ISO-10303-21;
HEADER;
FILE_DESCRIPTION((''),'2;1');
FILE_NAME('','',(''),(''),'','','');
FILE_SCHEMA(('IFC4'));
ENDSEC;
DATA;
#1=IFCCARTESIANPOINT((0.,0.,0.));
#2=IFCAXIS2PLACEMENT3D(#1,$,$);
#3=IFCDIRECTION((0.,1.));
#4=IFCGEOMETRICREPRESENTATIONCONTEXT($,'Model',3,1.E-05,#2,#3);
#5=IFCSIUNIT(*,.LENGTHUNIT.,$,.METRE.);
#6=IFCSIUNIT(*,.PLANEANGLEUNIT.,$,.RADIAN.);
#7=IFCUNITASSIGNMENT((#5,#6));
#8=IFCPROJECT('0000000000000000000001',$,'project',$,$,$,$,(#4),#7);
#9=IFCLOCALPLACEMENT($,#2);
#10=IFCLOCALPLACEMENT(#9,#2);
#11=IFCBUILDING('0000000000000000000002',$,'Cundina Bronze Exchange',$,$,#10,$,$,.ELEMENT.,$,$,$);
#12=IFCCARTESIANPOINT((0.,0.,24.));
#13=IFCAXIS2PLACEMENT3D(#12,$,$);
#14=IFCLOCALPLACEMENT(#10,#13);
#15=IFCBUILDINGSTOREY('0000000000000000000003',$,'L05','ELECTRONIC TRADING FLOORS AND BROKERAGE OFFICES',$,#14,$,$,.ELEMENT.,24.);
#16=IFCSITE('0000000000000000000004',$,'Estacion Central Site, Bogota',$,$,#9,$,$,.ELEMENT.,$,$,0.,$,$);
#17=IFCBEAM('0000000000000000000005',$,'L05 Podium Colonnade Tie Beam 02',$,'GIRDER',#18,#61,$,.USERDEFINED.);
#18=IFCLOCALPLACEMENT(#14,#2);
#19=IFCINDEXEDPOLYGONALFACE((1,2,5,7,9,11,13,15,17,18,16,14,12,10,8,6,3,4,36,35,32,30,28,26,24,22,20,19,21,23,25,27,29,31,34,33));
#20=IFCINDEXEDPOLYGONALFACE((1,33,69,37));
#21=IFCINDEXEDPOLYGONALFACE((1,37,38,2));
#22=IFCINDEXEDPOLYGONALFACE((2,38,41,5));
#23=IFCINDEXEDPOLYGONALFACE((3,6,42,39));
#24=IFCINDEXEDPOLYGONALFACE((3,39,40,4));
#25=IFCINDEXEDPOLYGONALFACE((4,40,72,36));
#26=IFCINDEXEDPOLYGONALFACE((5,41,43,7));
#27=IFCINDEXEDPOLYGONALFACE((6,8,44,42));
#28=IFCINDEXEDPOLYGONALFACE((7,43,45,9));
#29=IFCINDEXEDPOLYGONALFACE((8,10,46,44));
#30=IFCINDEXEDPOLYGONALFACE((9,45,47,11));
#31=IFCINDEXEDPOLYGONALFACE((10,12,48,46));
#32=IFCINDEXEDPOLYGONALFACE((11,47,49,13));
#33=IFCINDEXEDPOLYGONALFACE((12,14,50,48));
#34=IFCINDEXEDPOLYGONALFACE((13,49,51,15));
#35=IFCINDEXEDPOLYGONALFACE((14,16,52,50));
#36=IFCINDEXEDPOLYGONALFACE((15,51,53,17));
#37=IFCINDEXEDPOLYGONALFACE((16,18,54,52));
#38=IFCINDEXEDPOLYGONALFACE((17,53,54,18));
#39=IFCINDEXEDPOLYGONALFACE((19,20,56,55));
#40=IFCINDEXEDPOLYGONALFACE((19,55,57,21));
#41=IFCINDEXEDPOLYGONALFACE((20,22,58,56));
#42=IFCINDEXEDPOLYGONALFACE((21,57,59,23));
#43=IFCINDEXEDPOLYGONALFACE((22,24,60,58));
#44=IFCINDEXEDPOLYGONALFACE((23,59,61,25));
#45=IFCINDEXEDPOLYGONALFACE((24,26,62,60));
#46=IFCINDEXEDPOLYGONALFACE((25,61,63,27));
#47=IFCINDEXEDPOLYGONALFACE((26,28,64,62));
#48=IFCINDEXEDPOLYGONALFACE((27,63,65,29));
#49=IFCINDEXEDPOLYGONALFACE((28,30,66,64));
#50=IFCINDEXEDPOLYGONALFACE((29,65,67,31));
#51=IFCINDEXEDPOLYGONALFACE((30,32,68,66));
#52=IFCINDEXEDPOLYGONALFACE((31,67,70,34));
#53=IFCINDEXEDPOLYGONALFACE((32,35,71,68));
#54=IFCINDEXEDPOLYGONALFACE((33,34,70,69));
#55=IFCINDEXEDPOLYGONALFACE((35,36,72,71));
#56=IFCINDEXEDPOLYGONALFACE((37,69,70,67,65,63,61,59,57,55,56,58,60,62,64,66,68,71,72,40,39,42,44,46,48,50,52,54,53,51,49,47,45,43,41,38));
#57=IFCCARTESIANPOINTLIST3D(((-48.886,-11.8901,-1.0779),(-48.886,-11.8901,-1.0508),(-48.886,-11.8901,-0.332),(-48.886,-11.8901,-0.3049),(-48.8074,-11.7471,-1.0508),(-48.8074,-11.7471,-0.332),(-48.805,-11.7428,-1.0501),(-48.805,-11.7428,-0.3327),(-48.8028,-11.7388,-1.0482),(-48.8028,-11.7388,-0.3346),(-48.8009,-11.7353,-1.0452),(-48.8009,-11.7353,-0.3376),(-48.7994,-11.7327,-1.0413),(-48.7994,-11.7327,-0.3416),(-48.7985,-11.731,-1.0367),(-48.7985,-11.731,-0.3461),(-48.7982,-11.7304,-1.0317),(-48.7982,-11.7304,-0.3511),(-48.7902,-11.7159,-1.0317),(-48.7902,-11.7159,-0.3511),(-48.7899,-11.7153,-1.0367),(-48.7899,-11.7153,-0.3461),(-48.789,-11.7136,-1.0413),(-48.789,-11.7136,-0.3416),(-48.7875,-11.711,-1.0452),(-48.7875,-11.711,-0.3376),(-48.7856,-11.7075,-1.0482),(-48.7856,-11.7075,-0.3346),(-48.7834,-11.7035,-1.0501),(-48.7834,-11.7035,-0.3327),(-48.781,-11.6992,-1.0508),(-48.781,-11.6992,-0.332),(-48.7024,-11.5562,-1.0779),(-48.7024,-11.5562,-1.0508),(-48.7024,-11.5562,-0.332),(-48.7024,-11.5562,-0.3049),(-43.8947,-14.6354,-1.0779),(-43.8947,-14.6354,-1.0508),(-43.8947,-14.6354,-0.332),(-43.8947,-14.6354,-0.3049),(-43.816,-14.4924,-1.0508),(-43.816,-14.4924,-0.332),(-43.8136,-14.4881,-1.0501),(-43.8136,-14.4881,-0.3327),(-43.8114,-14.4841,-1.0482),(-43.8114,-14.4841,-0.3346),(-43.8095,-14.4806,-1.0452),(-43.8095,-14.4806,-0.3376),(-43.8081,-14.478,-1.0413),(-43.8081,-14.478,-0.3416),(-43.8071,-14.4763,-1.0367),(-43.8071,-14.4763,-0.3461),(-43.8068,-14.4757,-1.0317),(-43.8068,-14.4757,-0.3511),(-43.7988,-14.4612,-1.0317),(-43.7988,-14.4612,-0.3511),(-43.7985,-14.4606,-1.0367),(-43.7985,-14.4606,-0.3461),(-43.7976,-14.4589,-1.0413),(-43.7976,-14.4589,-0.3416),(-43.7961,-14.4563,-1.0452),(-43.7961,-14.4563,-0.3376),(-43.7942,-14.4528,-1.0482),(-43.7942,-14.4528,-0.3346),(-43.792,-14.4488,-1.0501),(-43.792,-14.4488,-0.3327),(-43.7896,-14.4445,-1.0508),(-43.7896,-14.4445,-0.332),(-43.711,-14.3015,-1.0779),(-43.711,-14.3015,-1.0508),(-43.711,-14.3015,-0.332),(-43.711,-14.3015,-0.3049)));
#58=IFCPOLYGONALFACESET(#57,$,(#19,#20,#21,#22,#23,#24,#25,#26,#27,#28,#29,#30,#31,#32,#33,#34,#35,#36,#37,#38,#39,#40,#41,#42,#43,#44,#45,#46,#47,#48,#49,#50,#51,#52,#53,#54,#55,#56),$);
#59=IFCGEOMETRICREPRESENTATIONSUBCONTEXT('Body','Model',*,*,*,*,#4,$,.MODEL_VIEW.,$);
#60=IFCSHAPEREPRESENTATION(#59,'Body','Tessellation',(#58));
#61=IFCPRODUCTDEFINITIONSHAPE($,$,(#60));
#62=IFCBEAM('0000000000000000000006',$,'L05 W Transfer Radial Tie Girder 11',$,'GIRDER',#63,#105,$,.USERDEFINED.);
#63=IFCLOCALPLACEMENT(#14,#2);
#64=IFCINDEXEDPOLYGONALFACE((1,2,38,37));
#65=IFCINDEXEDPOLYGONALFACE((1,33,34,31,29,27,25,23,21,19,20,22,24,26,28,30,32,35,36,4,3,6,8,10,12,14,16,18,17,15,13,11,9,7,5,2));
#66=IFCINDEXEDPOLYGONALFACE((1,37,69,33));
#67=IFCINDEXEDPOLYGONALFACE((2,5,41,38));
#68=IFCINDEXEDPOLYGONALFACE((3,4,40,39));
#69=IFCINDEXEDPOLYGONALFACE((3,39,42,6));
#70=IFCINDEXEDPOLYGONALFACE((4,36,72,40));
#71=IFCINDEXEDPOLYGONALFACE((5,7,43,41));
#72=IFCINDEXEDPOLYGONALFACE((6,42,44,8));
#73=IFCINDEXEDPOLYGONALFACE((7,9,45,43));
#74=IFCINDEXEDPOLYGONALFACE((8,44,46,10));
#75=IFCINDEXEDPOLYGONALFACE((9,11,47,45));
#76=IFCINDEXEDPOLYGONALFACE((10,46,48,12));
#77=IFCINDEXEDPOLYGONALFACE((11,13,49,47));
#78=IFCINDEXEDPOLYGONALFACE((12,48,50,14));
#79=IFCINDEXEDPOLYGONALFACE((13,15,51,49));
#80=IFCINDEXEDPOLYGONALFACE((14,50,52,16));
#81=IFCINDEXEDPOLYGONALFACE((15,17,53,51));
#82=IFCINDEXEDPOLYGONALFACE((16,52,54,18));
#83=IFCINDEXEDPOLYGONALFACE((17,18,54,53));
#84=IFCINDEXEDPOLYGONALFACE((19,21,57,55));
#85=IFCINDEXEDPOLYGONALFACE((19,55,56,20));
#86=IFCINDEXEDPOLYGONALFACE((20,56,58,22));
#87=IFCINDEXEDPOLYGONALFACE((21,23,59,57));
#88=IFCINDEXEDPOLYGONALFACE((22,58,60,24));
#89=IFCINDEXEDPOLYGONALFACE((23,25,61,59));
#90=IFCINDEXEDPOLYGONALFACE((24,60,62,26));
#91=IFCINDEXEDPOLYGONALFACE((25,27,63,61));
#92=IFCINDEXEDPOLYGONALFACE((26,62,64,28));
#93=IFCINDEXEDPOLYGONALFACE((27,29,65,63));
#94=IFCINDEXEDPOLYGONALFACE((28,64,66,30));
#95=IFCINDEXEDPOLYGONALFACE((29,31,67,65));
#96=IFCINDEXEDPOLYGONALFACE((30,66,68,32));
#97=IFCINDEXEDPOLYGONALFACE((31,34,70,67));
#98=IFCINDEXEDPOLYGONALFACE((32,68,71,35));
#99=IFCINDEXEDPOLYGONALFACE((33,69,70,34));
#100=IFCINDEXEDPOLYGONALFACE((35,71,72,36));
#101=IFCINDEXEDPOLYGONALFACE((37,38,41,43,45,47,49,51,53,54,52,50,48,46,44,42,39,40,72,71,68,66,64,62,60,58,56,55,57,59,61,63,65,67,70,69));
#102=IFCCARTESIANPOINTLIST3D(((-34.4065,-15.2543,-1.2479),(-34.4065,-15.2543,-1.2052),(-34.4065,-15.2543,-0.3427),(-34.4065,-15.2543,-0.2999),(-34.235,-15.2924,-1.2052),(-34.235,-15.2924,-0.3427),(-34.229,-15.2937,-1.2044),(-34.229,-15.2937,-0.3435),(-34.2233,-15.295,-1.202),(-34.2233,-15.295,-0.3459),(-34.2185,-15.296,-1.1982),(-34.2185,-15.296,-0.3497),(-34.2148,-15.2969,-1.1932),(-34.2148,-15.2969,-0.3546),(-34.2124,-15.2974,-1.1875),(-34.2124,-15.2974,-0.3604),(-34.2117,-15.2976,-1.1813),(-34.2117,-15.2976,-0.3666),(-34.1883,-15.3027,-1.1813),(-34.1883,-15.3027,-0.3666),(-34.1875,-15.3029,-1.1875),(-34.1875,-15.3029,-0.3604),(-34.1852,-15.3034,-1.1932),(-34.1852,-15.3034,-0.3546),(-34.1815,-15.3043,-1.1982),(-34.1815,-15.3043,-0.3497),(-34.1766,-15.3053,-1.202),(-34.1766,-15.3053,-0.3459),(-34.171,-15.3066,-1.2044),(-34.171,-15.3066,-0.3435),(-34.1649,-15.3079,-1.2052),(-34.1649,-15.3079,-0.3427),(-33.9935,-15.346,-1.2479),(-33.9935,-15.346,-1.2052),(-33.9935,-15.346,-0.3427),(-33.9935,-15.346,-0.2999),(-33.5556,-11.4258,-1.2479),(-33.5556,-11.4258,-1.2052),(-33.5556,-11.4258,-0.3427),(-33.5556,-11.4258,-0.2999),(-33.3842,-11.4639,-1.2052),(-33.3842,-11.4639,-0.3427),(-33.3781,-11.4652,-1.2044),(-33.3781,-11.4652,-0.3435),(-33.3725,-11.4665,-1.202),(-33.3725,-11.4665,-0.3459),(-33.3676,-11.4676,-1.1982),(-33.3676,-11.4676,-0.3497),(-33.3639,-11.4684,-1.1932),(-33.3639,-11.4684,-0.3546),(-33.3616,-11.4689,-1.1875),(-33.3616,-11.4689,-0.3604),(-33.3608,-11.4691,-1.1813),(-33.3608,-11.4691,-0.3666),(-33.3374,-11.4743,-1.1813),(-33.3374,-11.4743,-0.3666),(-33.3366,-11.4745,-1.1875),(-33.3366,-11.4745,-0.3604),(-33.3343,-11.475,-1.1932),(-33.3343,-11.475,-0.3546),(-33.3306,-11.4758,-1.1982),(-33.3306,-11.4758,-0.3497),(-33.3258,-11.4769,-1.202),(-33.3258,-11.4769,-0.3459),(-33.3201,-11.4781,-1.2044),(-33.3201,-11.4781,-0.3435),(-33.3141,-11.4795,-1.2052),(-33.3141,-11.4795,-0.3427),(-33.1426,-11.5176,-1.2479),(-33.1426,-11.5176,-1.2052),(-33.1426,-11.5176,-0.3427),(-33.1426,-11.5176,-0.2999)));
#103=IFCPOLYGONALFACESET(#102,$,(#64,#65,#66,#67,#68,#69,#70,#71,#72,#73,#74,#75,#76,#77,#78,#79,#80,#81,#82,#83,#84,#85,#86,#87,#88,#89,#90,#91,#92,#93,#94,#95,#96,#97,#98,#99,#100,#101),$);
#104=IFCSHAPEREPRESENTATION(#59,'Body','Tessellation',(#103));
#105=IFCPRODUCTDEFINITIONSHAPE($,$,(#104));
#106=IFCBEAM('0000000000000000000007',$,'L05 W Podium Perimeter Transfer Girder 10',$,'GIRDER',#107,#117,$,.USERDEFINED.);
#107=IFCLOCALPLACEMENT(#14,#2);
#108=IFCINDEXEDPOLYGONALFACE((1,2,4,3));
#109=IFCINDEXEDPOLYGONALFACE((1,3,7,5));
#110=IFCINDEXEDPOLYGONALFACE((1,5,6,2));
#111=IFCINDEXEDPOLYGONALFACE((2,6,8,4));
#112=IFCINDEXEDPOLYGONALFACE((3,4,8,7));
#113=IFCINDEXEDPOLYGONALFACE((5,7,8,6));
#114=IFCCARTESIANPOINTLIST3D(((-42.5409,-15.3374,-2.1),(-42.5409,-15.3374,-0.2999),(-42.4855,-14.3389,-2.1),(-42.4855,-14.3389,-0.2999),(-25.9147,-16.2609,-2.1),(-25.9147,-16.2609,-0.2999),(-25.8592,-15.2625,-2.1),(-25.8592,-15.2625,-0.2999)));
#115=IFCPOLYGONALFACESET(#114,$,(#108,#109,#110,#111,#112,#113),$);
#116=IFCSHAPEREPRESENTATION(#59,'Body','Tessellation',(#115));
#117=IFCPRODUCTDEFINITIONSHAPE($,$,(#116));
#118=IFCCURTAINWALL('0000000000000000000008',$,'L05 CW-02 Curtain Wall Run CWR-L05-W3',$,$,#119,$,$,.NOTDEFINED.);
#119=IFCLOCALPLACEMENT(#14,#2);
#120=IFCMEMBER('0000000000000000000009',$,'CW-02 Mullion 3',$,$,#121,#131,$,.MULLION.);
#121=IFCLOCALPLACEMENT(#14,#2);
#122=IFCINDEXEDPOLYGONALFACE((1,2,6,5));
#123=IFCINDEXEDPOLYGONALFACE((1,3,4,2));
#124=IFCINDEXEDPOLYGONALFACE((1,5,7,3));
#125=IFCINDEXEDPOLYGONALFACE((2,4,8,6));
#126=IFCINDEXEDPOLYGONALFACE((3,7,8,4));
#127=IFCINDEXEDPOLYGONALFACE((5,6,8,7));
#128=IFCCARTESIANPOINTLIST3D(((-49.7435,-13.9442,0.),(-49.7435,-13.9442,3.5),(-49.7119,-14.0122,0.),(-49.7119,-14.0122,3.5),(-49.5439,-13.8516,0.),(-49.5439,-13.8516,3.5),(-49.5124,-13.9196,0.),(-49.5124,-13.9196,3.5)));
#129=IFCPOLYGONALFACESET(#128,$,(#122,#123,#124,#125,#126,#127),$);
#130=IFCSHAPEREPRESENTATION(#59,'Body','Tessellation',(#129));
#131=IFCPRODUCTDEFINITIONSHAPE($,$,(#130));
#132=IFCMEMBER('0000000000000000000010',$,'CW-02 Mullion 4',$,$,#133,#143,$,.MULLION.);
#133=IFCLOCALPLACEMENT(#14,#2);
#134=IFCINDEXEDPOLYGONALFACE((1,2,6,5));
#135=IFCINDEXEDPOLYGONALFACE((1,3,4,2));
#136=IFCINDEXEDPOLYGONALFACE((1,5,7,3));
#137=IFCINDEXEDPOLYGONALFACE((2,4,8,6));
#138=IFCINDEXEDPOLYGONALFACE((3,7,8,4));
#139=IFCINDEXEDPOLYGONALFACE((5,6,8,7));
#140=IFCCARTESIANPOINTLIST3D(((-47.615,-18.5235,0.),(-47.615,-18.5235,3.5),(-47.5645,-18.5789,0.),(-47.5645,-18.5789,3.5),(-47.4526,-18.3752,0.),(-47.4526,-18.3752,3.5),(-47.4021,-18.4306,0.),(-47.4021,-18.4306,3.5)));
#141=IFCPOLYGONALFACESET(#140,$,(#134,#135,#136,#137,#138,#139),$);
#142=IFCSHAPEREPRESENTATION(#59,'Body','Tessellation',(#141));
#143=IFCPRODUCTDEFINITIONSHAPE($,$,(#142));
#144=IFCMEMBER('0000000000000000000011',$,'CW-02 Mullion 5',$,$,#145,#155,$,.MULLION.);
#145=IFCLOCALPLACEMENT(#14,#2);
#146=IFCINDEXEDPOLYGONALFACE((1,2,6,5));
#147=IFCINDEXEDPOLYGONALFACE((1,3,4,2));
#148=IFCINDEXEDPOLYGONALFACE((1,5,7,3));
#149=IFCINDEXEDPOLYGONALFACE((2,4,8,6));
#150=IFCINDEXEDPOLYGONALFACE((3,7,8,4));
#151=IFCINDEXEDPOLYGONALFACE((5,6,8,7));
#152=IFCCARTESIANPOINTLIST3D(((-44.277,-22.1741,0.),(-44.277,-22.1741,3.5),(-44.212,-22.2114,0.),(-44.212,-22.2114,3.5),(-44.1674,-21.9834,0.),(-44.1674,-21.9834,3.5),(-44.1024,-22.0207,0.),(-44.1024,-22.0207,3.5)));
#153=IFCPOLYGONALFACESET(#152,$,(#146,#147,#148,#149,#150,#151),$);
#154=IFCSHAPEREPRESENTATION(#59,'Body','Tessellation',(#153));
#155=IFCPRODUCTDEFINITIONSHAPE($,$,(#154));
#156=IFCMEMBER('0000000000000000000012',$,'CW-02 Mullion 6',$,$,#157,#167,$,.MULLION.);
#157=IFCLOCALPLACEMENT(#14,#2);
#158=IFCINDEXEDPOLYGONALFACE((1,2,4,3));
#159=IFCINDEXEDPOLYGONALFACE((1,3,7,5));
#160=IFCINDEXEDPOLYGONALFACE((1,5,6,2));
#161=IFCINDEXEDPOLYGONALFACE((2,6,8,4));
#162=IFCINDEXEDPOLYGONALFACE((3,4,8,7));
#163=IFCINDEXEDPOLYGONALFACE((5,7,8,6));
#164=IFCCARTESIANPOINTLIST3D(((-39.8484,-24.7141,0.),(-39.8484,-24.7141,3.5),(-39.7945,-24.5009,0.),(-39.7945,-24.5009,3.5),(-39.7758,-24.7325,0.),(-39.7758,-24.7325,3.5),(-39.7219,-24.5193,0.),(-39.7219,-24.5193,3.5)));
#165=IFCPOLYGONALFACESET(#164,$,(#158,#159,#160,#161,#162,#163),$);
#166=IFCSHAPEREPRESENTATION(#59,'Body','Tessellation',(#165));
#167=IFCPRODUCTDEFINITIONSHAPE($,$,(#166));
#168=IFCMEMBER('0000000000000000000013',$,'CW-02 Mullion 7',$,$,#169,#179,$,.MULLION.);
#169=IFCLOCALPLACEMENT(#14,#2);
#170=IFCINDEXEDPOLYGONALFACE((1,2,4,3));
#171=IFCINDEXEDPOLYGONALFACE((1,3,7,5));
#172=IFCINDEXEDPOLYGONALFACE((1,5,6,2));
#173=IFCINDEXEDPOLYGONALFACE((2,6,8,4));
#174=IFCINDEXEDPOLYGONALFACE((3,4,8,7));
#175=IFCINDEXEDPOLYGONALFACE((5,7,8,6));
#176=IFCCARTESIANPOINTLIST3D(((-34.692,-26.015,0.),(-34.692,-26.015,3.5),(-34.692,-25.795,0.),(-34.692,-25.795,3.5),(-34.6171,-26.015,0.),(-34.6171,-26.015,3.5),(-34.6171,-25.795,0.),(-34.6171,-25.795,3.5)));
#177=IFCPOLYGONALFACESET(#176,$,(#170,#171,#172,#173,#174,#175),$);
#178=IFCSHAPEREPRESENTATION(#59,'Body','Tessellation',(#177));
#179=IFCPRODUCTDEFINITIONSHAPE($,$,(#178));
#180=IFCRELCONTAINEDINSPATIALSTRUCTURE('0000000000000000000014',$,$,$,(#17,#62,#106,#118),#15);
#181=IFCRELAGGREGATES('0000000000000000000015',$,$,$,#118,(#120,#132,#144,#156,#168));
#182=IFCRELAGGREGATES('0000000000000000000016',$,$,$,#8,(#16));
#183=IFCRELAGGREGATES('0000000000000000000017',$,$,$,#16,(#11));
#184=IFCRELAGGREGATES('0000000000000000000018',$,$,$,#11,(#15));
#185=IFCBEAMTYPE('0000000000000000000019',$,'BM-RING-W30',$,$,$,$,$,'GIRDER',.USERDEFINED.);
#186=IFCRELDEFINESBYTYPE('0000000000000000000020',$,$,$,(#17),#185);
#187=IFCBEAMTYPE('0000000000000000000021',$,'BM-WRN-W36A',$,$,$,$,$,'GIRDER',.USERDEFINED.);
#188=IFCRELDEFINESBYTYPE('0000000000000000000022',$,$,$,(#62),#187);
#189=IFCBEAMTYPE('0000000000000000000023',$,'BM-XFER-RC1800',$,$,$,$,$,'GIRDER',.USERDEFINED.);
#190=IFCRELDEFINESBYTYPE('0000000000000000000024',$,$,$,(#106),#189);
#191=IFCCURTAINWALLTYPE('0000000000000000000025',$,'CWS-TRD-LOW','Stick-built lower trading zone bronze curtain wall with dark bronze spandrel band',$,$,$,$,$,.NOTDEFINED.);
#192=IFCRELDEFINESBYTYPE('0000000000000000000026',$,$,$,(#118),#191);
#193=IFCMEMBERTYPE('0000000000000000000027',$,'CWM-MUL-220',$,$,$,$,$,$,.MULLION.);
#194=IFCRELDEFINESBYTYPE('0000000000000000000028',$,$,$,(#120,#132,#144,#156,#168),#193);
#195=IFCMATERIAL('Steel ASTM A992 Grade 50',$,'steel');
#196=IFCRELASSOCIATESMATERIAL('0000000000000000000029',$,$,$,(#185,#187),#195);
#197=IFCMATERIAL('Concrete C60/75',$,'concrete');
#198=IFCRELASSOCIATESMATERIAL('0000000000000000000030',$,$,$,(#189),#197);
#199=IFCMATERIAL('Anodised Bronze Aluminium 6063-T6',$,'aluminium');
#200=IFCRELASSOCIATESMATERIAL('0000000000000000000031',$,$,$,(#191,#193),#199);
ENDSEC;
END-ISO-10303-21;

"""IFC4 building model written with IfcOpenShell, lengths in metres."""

from ifc_helpers import new_model, si_unit, direction, frame, origin, origin_2d, place, context, subcontext, project, spatial, rectangle, i_section, extrude, material, material_profile, profile_set, type_object, element, aggregate, save


model = new_model("IFC4")

# Units and contexts
model_context = context("Model", 3, precision=1e-05, world=origin(), true_north=direction((0.0, 1.0)))
body_context = subcontext(model_context, "Body", "Model", "MODEL_VIEW")
ifc_project = project(units=[si_unit("LENGTHUNIT", "METRE"), si_unit("PLANEANGLEUNIT", "RADIAN")], contexts=[model_context])

# Site, building, storey
site_placement = place(None, origin())
site = spatial("IfcSite", under=ifc_project, at=site_placement, Name="Estacion Central Site, Bogota", CompositionType="ELEMENT", RefElevation=0.0)
building_placement = place(site_placement, origin())
building = spatial("IfcBuilding", under=site, at=building_placement, Name="Cundina Bronze Exchange", CompositionType="ELEMENT")
storey_placement = place(building_placement, frame((0.0, 0.0, 24.0)))
storey = spatial("IfcBuildingStorey", under=building, at=storey_placement, Name="L05", Description="ELECTRONIC TRADING FLOORS AND BROKERAGE OFFICES", CompositionType="ELEMENT", Elevation=24.0)

# Shared definitions
ifc_material_1 = material(Name="Concrete C60/75", Category="concrete")

# Beams
ifc_material_2 = material(Name="Steel ASTM A992 Grade 50", Category="steel")
ifc_material_profile_1 = material_profile(ifc_material_2, i_section(OverallWidth=0.3811, OverallDepth=0.7729, WebThickness=0.0166, FlangeThickness=0.0271, FilletRadius=0.019, at=origin_2d()), Name="W30X173", Category="steel")
ifc_profile_set_1 = profile_set([ifc_material_profile_1], Name="Steel ASTM A992 Grade 50")
beam_type_1 = type_object("IfcBeamType", Name="BM-RING-W30", ElementType="GIRDER", PredefinedType="USERDEFINED", material=ifc_profile_set_1)
beam_1_placement = place(storey_placement, frame((-48.7942, -11.7231, -0.6914), z_axis=(0.876211, -0.481927, 0.0), x_axis=(0.481927, 0.876211, 0.0)))
element("IfcBeam", 1, at=beam_1_placement, inside=storey, type_object=beam_type_1, Name="L05 Podium Colonnade Tie Beam 02", ObjectType="GIRDER", PredefinedType="USERDEFINED", context=body_context, shape_type="SweptSolid", body=[
    extrude(i_section(OverallWidth=0.3811, OverallDepth=0.7729, WebThickness=0.0166, FlangeThickness=0.0271, FilletRadius=0.019, at=origin_2d()), origin(), (0.0, 0.0, 1.0), 5.6965),
])
ifc_material_profile_2 = material_profile(ifc_material_2, i_section(OverallWidth=0.4231, OverallDepth=0.948, WebThickness=0.0239, FlangeThickness=0.0427, FilletRadius=0.0239, at=origin_2d()), Name="W36X302", Category="steel")
ifc_profile_set_2 = profile_set([ifc_material_profile_2], Name="Steel ASTM A992 Grade 50")
beam_type_2 = type_object("IfcBeamType", Name="BM-WRN-W36A", ElementType="GIRDER", PredefinedType="USERDEFINED", material=ifc_profile_set_2)
beam_2_placement = place(storey_placement, frame((-33.3491, -11.4717, -0.7739), z_axis=(-0.21695, -0.976183, 0.0), x_axis=(0.976183, -0.21695, 0.0)))
element("IfcBeam", 2, at=beam_2_placement, inside=storey, type_object=beam_type_2, Name="L05 W Transfer Radial Tie Girder 11", ObjectType="GIRDER", PredefinedType="USERDEFINED", context=body_context, shape_type="SweptSolid", body=[
    extrude(i_section(OverallWidth=0.4231, OverallDepth=0.948, WebThickness=0.0239, FlangeThickness=0.0427, FilletRadius=0.0239, at=origin_2d()), origin(), (0.0, 0.0, 1.0), 3.9219),
])
ifc_material_profile_3 = material_profile(ifc_material_1, rectangle(XDim=1.0, YDim=1.8, at=origin_2d()), Name="RC1000X1800", Category="concrete")
ifc_profile_set_3 = profile_set([ifc_material_profile_3], Name="Concrete C60/75")
beam_type_3 = type_object("IfcBeamType", Name="BM-XFER-RC1800", ElementType="GIRDER", PredefinedType="USERDEFINED", material=ifc_profile_set_3)
beam_3_placement = place(storey_placement, frame((-42.5132, -14.8381, -1.2), z_axis=(0.998461, -0.055464, 0.0), x_axis=(0.055464, 0.998461, 0.0)))
element("IfcBeam", 3, at=beam_3_placement, inside=storey, type_object=beam_type_3, Name="L05 W Podium Perimeter Transfer Girder 10", ObjectType="GIRDER", PredefinedType="USERDEFINED", context=body_context, shape_type="SweptSolid", body=[
    extrude(rectangle(XDim=1.0, YDim=1.8, at=origin_2d()), origin(), (0.0, 0.0, 1.0), 16.6519),
])

# Curtain wall, members
ifc_material_3 = material(Name="Anodised Bronze Aluminium 6063-T6", Category="aluminium")
curtain_wall_type = type_object("IfcCurtainWallType", Name="CWS-TRD-LOW", Description="Stick-built lower trading zone bronze curtain wall with dark bronze spandrel band", PredefinedType="NOTDEFINED", material=ifc_material_3)
curtain_wall_placement = place(storey_placement, origin())
curtain_wall = element("IfcCurtainWall", 4, at=curtain_wall_placement, inside=storey, type_object=curtain_wall_type, Name="L05 CW-02 Curtain Wall Run CWR-L05-W3", PredefinedType="NOTDEFINED")
ifc_material_profile_4 = material_profile(ifc_material_3, rectangle(XDim=0.075, YDim=0.22, at=origin_2d()), Name="AL75X220", Category="aluminium")
ifc_profile_set_4 = profile_set([ifc_material_profile_4], Name="Anodised Bronze Aluminium 6063-T6")
member_type_1 = type_object("IfcMemberType", Name="CWM-MUL-220", PredefinedType="MULLION", material=ifc_profile_set_4)
member_1_placement = place(storey_placement, frame((-49.6279, -13.9319, 0.0), z_axis=(0.0, 0.0, 1.0), x_axis=(0.420877, -0.907117, 0.0)))
member_1 = element("IfcMember", 5, at=member_1_placement, type_object=member_type_1, Name="CW-02 Mullion 3", PredefinedType="MULLION", context=body_context, shape_type="SweptSolid", body=[
    extrude(rectangle(XDim=0.075, YDim=0.22, at=origin_2d()), origin(), (0.0, 0.0, 1.0), 3.5),
])
member_2_placement = place(storey_placement, frame((-47.5085, -18.4771, 0.0), z_axis=(0.0, 0.0, 1.0), x_axis=(0.674302, -0.738455, 0.0)))
member_2 = element("IfcMember", 6, at=member_2_placement, type_object=member_type_1, Name="CW-02 Mullion 4", PredefinedType="MULLION", context=body_context, shape_type="SweptSolid", body=[
    extrude(rectangle(XDim=0.075, YDim=0.22, at=origin_2d()), origin(), (0.0, 0.0, 1.0), 3.5),
])
member_3_placement = place(storey_placement, frame((-44.1897, -22.0974, 0.0), z_axis=(0.0, 0.0, 1.0), x_axis=(0.867071, -0.498185, 0.0)))
member_3 = element("IfcMember", 7, at=member_3_placement, type_object=member_type_1, Name="CW-02 Mullion 5", PredefinedType="MULLION", context=body_context, shape_type="SweptSolid", body=[
    extrude(rectangle(XDim=0.075, YDim=0.22, at=origin_2d()), origin(), (0.0, 0.0, 1.0), 3.5),
])
member_4_placement = place(storey_placement, frame((-39.7852, -24.6167, 0.0), z_axis=(0.0, 0.0, 1.0), x_axis=(0.969488, -0.245138, 0.0)))
member_4 = element("IfcMember", 8, at=member_4_placement, type_object=member_type_1, Name="CW-02 Mullion 6", PredefinedType="MULLION", context=body_context, shape_type="SweptSolid", body=[
    extrude(rectangle(XDim=0.075, YDim=0.22, at=origin_2d()), origin(), (0.0, 0.0, 1.0), 3.5),
])
member_5_placement = place(storey_placement, frame((-34.6545, -25.905, 0.0), z_axis=(0.0, 0.0, 1.0), x_axis=(1.0, 0.0, 0.0)))
member_5 = element("IfcMember", 9, at=member_5_placement, type_object=member_type_1, Name="CW-02 Mullion 7", PredefinedType="MULLION", context=body_context, shape_type="SweptSolid", body=[
    extrude(rectangle(XDim=0.075, YDim=0.22, at=origin_2d()), origin(), (0.0, 0.0, 1.0), 3.5),
])
aggregate(curtain_wall, [member_1, member_2, member_3, member_4, member_5])

save(model, "model.ifc")
